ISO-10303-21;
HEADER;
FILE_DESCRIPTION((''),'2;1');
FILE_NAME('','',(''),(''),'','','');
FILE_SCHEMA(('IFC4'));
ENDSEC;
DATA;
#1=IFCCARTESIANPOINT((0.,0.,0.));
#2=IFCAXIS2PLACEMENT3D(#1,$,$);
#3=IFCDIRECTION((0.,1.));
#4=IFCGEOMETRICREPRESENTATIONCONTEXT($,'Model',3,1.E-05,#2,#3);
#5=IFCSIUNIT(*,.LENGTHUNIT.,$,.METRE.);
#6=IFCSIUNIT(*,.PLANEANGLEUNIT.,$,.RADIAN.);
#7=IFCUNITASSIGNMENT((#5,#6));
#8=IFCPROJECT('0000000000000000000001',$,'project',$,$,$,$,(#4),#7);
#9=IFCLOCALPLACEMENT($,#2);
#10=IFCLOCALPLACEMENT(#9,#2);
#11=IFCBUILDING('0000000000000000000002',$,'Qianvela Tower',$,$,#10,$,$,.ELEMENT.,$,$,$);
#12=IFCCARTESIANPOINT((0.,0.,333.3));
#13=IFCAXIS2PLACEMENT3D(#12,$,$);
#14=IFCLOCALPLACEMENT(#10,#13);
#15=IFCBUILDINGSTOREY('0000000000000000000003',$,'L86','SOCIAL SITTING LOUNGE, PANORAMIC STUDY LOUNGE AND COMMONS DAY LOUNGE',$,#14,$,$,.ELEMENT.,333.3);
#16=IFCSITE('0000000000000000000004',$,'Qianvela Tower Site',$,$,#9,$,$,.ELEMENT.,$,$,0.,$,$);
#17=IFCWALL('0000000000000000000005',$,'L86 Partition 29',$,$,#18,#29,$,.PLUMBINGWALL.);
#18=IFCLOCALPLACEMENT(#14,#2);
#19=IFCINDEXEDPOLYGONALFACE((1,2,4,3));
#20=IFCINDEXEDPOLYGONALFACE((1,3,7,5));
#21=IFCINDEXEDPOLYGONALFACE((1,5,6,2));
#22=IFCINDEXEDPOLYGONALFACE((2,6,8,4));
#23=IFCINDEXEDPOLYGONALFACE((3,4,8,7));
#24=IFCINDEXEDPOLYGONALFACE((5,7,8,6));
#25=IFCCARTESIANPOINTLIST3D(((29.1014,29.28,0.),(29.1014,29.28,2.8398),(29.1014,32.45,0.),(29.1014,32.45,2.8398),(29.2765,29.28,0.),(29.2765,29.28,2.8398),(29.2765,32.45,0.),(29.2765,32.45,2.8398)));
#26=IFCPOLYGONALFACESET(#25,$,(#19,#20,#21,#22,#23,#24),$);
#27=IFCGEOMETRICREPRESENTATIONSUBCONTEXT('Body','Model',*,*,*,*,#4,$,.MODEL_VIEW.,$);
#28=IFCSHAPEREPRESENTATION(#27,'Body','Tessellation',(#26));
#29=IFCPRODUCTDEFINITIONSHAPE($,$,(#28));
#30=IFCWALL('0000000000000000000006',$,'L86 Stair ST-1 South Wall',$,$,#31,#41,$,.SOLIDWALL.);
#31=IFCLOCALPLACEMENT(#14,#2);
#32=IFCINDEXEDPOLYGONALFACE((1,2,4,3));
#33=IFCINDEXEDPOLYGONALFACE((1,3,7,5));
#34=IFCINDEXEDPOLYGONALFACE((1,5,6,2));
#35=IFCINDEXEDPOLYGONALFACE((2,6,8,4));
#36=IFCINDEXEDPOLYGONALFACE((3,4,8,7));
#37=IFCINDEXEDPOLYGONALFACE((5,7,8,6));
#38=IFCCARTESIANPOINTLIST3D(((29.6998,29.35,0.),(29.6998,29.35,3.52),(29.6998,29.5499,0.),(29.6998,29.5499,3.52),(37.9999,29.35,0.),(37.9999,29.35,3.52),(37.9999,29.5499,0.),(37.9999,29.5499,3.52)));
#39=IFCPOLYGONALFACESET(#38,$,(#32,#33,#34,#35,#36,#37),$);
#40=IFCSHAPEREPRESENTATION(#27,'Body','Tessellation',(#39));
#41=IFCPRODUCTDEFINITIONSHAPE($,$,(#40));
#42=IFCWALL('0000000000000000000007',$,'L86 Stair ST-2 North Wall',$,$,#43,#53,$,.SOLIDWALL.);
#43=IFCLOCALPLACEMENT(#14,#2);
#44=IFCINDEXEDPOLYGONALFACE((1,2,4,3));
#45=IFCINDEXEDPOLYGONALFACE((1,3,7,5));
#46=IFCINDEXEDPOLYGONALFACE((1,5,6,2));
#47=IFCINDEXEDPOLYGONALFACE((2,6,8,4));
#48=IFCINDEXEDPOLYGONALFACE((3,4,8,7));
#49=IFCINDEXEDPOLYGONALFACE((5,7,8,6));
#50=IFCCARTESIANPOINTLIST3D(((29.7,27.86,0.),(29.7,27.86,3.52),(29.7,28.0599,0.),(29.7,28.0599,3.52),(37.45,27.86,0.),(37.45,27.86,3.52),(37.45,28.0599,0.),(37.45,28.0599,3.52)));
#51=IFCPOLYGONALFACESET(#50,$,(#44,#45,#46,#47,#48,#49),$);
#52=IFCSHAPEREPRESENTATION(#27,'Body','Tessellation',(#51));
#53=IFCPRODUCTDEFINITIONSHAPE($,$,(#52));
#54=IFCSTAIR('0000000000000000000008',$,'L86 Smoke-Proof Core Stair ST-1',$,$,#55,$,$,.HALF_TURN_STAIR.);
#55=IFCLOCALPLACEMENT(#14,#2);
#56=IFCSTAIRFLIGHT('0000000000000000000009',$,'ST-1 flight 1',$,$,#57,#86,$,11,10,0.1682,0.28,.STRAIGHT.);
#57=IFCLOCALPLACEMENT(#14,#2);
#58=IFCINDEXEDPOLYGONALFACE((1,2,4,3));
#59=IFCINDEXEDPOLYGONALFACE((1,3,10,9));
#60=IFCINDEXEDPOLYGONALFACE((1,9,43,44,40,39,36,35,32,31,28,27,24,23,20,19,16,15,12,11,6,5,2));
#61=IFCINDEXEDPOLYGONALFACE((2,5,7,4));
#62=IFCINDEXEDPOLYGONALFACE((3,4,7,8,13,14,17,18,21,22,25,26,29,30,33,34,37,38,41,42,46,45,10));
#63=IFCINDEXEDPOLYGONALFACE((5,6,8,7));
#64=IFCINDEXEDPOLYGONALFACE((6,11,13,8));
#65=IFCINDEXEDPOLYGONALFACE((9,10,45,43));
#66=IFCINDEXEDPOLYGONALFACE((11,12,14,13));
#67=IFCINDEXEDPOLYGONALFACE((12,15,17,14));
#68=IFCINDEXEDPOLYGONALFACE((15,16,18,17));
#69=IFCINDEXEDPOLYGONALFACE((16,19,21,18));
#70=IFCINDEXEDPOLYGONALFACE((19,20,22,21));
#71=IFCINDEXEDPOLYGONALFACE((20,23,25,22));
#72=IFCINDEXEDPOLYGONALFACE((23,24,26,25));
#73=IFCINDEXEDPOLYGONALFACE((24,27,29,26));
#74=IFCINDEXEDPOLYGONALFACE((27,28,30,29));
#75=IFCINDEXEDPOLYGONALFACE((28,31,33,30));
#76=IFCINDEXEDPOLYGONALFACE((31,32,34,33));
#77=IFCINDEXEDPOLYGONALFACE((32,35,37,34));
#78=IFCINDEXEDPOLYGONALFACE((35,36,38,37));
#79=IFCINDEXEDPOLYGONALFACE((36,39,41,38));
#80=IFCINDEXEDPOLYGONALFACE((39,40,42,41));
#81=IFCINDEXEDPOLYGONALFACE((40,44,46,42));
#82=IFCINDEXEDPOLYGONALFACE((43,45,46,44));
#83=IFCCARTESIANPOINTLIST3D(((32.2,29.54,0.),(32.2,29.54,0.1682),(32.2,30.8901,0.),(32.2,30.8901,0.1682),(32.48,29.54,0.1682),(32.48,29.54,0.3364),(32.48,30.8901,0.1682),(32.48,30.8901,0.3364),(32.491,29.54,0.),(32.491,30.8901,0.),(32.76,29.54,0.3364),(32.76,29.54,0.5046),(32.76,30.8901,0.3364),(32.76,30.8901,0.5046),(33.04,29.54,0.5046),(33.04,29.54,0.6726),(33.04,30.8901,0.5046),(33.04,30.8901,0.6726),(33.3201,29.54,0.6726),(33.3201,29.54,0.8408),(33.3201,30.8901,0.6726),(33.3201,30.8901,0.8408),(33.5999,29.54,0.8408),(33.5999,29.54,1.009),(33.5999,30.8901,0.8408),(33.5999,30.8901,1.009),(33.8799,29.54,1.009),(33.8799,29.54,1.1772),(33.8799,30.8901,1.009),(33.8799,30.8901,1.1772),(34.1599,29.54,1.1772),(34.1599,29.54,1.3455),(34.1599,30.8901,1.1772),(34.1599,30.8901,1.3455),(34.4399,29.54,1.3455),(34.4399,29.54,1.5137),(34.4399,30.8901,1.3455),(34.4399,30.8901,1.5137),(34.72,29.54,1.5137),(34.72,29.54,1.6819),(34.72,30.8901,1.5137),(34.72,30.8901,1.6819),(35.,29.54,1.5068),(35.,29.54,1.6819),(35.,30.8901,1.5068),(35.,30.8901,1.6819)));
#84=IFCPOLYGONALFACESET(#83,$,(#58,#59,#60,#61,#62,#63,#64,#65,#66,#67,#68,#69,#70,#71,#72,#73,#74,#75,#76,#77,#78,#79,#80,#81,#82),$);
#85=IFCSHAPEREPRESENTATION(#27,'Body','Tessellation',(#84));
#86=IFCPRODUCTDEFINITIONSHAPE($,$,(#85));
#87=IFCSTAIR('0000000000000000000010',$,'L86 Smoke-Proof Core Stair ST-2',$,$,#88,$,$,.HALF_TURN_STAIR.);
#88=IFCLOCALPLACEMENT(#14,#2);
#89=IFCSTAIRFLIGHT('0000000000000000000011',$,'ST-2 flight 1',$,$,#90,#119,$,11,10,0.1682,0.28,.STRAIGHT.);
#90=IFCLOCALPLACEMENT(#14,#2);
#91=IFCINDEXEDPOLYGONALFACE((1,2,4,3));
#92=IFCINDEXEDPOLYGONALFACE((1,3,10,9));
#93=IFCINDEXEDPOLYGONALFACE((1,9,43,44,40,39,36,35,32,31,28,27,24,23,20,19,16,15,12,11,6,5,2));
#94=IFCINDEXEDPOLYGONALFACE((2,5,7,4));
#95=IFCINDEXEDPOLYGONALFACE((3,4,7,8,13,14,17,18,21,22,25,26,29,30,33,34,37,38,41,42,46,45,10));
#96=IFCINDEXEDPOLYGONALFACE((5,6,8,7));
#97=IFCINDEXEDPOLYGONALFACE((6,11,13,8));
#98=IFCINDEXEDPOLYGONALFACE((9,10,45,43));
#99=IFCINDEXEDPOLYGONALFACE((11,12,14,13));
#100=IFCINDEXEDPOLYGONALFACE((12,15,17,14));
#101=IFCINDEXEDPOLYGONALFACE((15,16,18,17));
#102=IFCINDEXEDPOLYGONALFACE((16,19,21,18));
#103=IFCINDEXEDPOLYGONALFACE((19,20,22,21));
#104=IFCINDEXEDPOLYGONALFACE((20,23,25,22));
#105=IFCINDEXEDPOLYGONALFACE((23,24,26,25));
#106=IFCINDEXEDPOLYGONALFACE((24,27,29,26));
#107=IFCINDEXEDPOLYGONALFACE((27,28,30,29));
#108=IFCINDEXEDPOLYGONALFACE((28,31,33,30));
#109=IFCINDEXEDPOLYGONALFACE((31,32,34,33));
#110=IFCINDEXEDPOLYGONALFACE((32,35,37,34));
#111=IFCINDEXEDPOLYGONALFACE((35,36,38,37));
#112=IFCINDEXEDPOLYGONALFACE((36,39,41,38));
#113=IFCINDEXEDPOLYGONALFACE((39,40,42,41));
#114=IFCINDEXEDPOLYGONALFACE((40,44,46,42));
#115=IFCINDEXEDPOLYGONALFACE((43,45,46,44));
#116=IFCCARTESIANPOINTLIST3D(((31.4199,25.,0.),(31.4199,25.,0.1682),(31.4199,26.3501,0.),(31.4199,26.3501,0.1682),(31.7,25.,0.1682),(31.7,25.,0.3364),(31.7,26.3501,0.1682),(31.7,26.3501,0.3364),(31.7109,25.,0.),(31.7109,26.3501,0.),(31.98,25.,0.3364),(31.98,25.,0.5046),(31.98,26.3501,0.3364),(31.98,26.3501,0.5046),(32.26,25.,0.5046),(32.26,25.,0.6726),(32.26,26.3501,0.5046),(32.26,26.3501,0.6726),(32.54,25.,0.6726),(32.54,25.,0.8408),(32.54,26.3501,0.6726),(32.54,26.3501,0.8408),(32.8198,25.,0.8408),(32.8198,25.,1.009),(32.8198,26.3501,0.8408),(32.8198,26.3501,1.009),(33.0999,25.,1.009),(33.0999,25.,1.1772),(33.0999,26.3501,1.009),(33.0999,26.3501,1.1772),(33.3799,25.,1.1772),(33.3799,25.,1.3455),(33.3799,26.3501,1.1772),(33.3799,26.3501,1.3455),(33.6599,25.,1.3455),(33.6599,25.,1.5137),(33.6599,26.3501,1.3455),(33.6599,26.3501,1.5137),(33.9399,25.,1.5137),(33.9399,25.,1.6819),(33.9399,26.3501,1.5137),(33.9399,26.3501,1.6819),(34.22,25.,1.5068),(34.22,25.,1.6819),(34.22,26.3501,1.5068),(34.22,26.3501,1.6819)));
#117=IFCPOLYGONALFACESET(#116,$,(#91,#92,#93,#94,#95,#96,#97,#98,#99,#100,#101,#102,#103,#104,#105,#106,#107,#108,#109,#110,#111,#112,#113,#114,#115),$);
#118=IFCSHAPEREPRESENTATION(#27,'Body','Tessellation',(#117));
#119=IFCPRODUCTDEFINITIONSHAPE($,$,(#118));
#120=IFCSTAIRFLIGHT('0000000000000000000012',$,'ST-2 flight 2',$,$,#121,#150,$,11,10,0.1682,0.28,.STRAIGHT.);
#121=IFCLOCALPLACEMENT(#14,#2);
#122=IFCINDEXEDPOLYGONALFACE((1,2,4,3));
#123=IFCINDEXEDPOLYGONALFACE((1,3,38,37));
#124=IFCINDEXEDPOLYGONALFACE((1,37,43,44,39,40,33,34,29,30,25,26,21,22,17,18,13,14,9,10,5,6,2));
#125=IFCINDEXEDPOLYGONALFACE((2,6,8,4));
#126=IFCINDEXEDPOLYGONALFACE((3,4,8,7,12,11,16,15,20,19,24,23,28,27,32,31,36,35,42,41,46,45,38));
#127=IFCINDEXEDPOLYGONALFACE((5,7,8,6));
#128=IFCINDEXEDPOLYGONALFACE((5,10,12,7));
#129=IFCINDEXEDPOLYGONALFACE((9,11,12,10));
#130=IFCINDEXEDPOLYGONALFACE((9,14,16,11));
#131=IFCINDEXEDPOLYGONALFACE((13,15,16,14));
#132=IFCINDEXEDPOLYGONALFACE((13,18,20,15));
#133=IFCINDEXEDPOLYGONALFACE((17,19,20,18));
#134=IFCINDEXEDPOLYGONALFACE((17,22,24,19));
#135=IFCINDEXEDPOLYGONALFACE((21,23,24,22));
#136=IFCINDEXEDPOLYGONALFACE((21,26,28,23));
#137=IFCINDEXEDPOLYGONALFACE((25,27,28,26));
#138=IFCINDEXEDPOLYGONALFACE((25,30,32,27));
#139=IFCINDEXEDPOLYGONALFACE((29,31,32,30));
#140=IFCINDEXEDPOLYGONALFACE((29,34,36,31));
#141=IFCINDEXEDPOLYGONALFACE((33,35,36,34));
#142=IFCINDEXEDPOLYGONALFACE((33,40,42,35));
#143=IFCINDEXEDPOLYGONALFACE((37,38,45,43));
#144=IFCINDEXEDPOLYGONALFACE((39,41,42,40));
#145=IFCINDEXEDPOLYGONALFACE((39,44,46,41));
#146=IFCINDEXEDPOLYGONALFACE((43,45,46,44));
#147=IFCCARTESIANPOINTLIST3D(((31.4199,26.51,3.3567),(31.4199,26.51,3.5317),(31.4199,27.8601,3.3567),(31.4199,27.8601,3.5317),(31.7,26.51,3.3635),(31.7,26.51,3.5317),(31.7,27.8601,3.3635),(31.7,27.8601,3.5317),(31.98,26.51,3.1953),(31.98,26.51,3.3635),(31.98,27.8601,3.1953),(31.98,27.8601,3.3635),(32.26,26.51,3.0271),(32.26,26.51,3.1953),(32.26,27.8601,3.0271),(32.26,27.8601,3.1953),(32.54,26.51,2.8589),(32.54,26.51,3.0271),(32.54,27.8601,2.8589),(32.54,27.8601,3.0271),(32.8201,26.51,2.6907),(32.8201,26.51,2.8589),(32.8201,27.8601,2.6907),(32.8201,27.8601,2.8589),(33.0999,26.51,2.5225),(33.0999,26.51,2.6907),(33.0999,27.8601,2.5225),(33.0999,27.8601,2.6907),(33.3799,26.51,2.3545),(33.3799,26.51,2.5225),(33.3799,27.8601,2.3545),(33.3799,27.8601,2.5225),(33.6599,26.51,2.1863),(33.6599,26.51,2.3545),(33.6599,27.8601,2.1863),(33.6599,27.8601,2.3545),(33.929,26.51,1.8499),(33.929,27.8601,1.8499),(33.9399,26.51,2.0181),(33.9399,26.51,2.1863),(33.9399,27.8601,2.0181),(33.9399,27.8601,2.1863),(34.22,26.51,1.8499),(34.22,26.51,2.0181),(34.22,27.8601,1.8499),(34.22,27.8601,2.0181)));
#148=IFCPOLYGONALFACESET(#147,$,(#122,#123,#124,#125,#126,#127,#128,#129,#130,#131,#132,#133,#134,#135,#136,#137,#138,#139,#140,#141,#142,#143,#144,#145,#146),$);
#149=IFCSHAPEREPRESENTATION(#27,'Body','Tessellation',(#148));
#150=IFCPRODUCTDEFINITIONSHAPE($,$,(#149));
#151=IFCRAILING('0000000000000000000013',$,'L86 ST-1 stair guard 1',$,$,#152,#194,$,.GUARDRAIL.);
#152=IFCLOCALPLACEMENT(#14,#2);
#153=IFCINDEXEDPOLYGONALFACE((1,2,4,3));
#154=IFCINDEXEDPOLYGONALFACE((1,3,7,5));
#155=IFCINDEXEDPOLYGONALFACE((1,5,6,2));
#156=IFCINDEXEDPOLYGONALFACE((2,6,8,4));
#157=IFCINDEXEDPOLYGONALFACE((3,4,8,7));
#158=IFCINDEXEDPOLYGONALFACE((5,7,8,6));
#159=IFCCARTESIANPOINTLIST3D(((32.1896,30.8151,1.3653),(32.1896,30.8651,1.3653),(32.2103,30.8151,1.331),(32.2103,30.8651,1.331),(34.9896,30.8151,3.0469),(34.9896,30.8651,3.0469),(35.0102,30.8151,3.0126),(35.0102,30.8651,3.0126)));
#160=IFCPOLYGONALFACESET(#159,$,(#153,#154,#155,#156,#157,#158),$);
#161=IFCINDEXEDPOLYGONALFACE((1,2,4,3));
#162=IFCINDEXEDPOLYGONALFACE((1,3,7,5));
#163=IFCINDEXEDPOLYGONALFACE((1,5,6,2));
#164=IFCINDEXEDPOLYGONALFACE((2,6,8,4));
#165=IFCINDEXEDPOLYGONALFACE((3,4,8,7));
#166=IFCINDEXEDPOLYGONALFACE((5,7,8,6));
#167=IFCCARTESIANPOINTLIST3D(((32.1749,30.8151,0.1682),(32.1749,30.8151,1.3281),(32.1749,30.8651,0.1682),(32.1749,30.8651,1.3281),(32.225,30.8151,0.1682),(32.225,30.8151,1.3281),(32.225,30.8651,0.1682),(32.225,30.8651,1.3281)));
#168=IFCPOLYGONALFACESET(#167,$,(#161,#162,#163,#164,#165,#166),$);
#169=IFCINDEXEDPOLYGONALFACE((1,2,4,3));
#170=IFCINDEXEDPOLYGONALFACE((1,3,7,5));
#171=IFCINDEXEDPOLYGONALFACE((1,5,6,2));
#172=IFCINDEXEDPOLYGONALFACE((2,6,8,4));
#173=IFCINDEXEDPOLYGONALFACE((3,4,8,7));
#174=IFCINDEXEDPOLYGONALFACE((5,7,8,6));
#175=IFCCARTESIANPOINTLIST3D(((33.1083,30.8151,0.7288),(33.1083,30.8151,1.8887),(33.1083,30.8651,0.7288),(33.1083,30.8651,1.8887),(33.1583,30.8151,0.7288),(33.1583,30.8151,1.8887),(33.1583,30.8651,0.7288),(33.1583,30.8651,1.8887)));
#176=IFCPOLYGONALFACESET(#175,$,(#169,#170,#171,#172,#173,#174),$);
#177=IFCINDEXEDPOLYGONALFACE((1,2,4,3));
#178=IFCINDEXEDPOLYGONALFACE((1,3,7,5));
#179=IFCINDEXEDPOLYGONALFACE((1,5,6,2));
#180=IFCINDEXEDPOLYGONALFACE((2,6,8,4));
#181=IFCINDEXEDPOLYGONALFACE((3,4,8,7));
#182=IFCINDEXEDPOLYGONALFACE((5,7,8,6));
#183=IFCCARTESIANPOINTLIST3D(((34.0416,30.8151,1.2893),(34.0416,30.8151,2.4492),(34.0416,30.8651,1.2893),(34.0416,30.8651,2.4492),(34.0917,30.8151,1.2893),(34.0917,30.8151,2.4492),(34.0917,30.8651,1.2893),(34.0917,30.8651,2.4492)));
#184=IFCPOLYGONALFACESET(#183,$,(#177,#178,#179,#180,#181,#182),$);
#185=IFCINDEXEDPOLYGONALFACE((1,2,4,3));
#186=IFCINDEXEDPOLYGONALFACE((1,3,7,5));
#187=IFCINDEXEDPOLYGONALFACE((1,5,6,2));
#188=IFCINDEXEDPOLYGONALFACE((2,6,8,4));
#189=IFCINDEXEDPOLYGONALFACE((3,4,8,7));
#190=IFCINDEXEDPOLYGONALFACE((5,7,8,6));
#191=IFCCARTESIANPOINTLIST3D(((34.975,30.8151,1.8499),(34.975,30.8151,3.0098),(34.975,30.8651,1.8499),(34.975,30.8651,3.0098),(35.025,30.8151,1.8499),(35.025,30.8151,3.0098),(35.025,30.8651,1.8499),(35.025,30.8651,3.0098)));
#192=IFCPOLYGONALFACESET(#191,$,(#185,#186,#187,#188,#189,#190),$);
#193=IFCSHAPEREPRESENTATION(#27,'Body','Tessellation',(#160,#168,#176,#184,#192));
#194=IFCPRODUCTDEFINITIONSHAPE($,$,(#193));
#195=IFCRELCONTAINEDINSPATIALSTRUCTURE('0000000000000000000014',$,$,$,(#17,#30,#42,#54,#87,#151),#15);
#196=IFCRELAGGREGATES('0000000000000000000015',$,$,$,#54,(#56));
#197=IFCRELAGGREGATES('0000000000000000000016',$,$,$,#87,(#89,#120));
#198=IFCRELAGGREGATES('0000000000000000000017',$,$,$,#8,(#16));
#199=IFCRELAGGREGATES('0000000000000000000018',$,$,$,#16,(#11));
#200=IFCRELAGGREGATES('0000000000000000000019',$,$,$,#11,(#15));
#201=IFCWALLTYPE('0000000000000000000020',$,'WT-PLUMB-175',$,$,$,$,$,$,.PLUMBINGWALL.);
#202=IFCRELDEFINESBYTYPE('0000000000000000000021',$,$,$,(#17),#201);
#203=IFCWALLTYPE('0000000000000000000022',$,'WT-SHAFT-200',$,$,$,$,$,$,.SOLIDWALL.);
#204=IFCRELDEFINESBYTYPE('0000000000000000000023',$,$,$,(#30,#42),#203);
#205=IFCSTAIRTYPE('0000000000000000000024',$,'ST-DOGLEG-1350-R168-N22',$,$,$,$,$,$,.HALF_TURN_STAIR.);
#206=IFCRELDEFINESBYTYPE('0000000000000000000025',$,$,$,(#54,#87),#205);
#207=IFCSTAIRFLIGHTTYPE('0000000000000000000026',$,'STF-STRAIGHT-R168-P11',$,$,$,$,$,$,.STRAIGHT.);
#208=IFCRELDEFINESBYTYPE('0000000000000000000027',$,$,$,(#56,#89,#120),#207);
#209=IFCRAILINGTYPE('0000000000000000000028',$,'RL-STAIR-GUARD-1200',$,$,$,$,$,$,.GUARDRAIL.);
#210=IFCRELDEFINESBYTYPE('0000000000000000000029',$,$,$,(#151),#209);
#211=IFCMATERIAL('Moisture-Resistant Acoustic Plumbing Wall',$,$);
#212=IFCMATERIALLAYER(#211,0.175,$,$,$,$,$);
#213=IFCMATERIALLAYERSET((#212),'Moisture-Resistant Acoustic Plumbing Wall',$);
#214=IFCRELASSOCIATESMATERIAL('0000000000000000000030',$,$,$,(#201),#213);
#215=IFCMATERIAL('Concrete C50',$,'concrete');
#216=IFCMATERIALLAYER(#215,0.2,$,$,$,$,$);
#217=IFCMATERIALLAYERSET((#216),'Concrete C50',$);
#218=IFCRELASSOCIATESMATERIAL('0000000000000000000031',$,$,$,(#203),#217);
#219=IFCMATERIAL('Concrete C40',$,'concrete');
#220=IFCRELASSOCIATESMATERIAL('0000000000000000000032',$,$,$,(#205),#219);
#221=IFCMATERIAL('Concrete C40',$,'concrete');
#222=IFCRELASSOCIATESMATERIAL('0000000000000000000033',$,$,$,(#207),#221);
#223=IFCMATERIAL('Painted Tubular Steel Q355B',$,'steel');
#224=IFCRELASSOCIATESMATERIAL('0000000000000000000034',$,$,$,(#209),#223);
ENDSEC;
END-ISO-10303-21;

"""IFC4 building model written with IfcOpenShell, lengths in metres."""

from ifc_helpers import new_model, si_unit, direction, frame, frame_2d, origin, origin_2d, place, context, subcontext, project, spatial, polyline, rectangle, outline, extrude, material, layer, layer_set, type_object, element, aggregate, save


model = new_model("IFC4")

# Units and contexts
model_context = context("Model", 3, precision=1e-05, world=origin(), true_north=direction((0.0, 1.0)))
body_context = subcontext(model_context, "Body", "Model", "MODEL_VIEW")
ifc_project = project(units=[si_unit("LENGTHUNIT", "METRE"), si_unit("PLANEANGLEUNIT", "RADIAN")], contexts=[model_context])

# Site, building, storey
site_placement = place(None, origin())
site = spatial("IfcSite", under=ifc_project, at=site_placement, Name="Qianvela Tower Site", CompositionType="ELEMENT", RefElevation=0.0)
building_placement = place(site_placement, origin())
building = spatial("IfcBuilding", under=site, at=building_placement, Name="Qianvela Tower", CompositionType="ELEMENT")
storey_placement = place(building_placement, frame((0.0, 0.0, 333.3)))
storey = spatial("IfcBuildingStorey", under=building, at=storey_placement, Name="L86", Description="SOCIAL SITTING LOUNGE, PANORAMIC STUDY LOUNGE AND COMMONS DAY LOUNGE", CompositionType="ELEMENT", Elevation=333.3)

# Walls
ifc_material_1 = material(Name="Moisture-Resistant Acoustic Plumbing Wall")
ifc_layer_1 = layer(ifc_material_1, 0.175)
ifc_layer_set_1 = layer_set([ifc_layer_1], Name="Moisture-Resistant Acoustic Plumbing Wall")
wall_type_1 = type_object("IfcWallType", Name="WT-PLUMB-175", PredefinedType="PLUMBINGWALL", material=ifc_layer_set_1)
wall_1_placement = place(storey_placement, frame((29.189, 32.45, 0.0), z_axis=(0.0, 0.0, 1.0), x_axis=(0.0, -1.0, 0.0)))
element("IfcWall", 1, at=wall_1_placement, inside=storey, type_object=wall_type_1, Name="L86 Partition 29", PredefinedType="PLUMBINGWALL", context=body_context, shape_type="SweptSolid", body=[
    extrude(rectangle(XDim=3.1699, YDim=0.175, at=frame_2d((1.585, 0.0))), origin(), (0.0, 0.0, 1.0), 2.8398),
])
ifc_material_2 = material(Name="Concrete C50", Category="concrete")
ifc_layer_2 = layer(ifc_material_2, 0.2)
ifc_layer_set_2 = layer_set([ifc_layer_2], Name="Concrete C50")
wall_type_2 = type_object("IfcWallType", Name="WT-SHAFT-200", PredefinedType="SOLIDWALL", material=ifc_layer_set_2)
wall_2_placement = place(storey_placement, frame((29.7, 29.45, 0.0), z_axis=(0.0, 0.0, 1.0), x_axis=(1.0, 0.0, 0.0)))
element("IfcWall", 2, at=wall_2_placement, inside=storey, type_object=wall_type_2, Name="L86 Stair ST-1 South Wall", PredefinedType="SOLIDWALL", context=body_context, shape_type="SweptSolid", body=[
    extrude(rectangle(XDim=8.3, YDim=0.2, at=frame_2d((4.1499, 0.0))), origin(), (0.0, 0.0, 1.0), 3.52),
])
wall_3_placement = place(storey_placement, frame((29.7, 27.96, 0.0), z_axis=(0.0, 0.0, 1.0), x_axis=(1.0, 0.0, 0.0)))
element("IfcWall", 3, at=wall_3_placement, inside=storey, type_object=wall_type_2, Name="L86 Stair ST-2 North Wall", PredefinedType="SOLIDWALL", context=body_context, shape_type="SweptSolid", body=[
    extrude(rectangle(XDim=7.75, YDim=0.2, at=frame_2d((3.875, 0.0))), origin(), (0.0, 0.0, 1.0), 3.52),
])

# Stair, stair flight
ifc_material_3 = material(Name="Concrete C40", Category="concrete")
stair_type = type_object("IfcStairType", Name="ST-DOGLEG-1350-R168-N22", PredefinedType="HALF_TURN_STAIR", material=ifc_material_3)
stair_1_placement = place(storey_placement, origin())
stair_1 = element("IfcStair", 4, at=stair_1_placement, inside=storey, type_object=stair_type, Name="L86 Smoke-Proof Core Stair ST-1", PredefinedType="HALF_TURN_STAIR")
ifc_material_4 = material(Name="Concrete C40", Category="concrete")
stair_flight_type = type_object("IfcStairFlightType", Name="STF-STRAIGHT-R168-P11", PredefinedType="STRAIGHT", material=ifc_material_4)
stair_flight_1_placement = place(storey_placement, frame((32.2, 30.2151, 0.0), z_axis=(0.0, 0.0, 1.0), x_axis=(1.0, 0.0, 0.0)))
stair_flight_1 = element("IfcStairFlight", 5, at=stair_flight_1_placement, type_object=stair_flight_type, Name="ST-1 flight 1", NumberOfRisers=11, NumberOfTreads=10, PredefinedType="STRAIGHT", RiserHeight=0.1682, TreadLength=0.28, context=body_context, shape_type="SweptSolid", body=[
    extrude(outline(polyline([(0.0, 0.0), (0.0, 0.1682), (0.28, 0.1682), (0.28, 0.3364), (0.5601, 0.3364), (0.5601, 0.5046), (0.8401, 0.5046), (0.8401, 0.6726), (1.1201, 0.6726), (1.1201, 0.8408), (1.3999, 0.8408), (1.3999, 1.009), (1.6799, 1.009), (1.6799, 1.1772), (1.96, 1.1772), (1.96, 1.3455), (2.24, 1.3455), (2.24, 1.5137), (2.52, 1.5137), (2.52, 1.6819), (2.8, 1.6819), (2.8, 1.8501), (2.8, 1.5068), (0.291, 0.0), (0.0, 0.0)])), frame((0.0, 0.675, 0.0), z_axis=(0.0, -1.0, 0.0), x_axis=(1.0, 0.0, 0.0)), (0.0, 0.0, 1.0), 1.3501),
])
aggregate(stair_1, [stair_flight_1])

# Stair, stair flights
stair_2_placement = place(storey_placement, origin())
stair_2 = element("IfcStair", 6, at=stair_2_placement, inside=storey, type_object=stair_type, Name="L86 Smoke-Proof Core Stair ST-2", PredefinedType="HALF_TURN_STAIR")
stair_flight_2_placement = place(storey_placement, frame((31.4199, 25.675, 0.0), z_axis=(0.0, 0.0, 1.0), x_axis=(1.0, 0.0, 0.0)))
stair_flight_2 = element("IfcStairFlight", 7, at=stair_flight_2_placement, type_object=stair_flight_type, Name="ST-2 flight 1", NumberOfRisers=11, NumberOfTreads=10, PredefinedType="STRAIGHT", RiserHeight=0.1682, TreadLength=0.28, context=body_context, shape_type="SweptSolid", body=[
    extrude(outline(polyline([(0.0, 0.0), (0.0, 0.1682), (0.28, 0.1682), (0.28, 0.3364), (0.5601, 0.3364), (0.5601, 0.5046), (0.8401, 0.5046), (0.8401, 0.6726), (1.1201, 0.6726), (1.1201, 0.8408), (1.3999, 0.8408), (1.3999, 1.009), (1.6799, 1.009), (1.6799, 1.1772), (1.96, 1.1772), (1.96, 1.3455), (2.24, 1.3455), (2.24, 1.5137), (2.52, 1.5137), (2.52, 1.6819), (2.8, 1.6819), (2.8, 1.8501), (2.8, 1.5068), (0.291, 0.0), (0.0, 0.0)])), frame((0.0, 0.675, 0.0), z_axis=(0.0, -1.0, 0.0), x_axis=(1.0, 0.0, 0.0)), (0.0, 0.0, 1.0), 1.3501),
])
stair_flight_3_placement = place(storey_placement, frame((34.22, 27.1851, 1.8499), z_axis=(0.0, 0.0, 1.0), x_axis=(-1.0, 0.0, 0.0)))
stair_flight_3 = element("IfcStairFlight", 8, at=stair_flight_3_placement, type_object=stair_flight_type, Name="ST-2 flight 2", NumberOfRisers=11, NumberOfTreads=10, PredefinedType="STRAIGHT", RiserHeight=0.1682, TreadLength=0.28, context=body_context, shape_type="SweptSolid", body=[
    extrude(outline(polyline([(0.0, 0.0), (0.0, 0.1682), (0.28, 0.1682), (0.28, 0.3364), (0.5601, 0.3364), (0.5601, 0.5046), (0.8401, 0.5046), (0.8401, 0.6726), (1.1201, 0.6726), (1.1201, 0.8408), (1.3999, 0.8408), (1.3999, 1.009), (1.6799, 1.009), (1.6799, 1.1772), (1.96, 1.1772), (1.96, 1.3455), (2.24, 1.3455), (2.24, 1.5137), (2.52, 1.5137), (2.52, 1.6819), (2.8, 1.6819), (2.8, 1.8501), (2.8, 1.5068), (0.291, 0.0), (0.0, 0.0)])), frame((0.0, 0.675, 0.0), z_axis=(0.0, -1.0, 0.0), x_axis=(1.0, 0.0, 0.0)), (0.0, 0.0, 1.0), 1.3501),
])
aggregate(stair_2, [stair_flight_2, stair_flight_3])

# Railing
ifc_material_5 = material(Name="Painted Tubular Steel Q355B", Category="steel")
railing_type_1 = type_object("IfcRailingType", Name="RL-STAIR-GUARD-1200", PredefinedType="GUARDRAIL", material=ifc_material_5)
railing_1_placement = place(storey_placement, frame((32.2, 30.8401, 0.1682)))
element("IfcRailing", 9, at=railing_1_placement, inside=storey, type_object=railing_type_1, Name="L86 ST-1 stair guard 1", PredefinedType="GUARDRAIL", context=body_context, shape_type="SweptSolid", body=[
    extrude(rectangle(XDim=0.05, YDim=0.04, at=origin_2d()), frame((0.0, 0.0, 1.1799), z_axis=(0.857275, 0.0, 0.514858), x_axis=(0.0, 1.0, 0.0)), (0.0, 0.0, 1.0), 3.2661),
    extrude(rectangle(XDim=0.05, YDim=0.05, at=origin_2d()), origin(), (0.0, 0.0, 1.0), 1.1599),
    extrude(rectangle(XDim=0.05, YDim=0.05, at=origin_2d()), frame((0.9333, 0.0, 0.5605)), (0.0, 0.0, 1.0), 1.1599),
    extrude(rectangle(XDim=0.05, YDim=0.05, at=origin_2d()), frame((1.8667, 0.0, 1.1211)), (0.0, 0.0, 1.0), 1.1599),
    extrude(rectangle(XDim=0.05, YDim=0.05, at=origin_2d()), frame((2.8, 0.0, 1.6816)), (0.0, 0.0, 1.0), 1.1599),
])

save(model, "model.ifc")
